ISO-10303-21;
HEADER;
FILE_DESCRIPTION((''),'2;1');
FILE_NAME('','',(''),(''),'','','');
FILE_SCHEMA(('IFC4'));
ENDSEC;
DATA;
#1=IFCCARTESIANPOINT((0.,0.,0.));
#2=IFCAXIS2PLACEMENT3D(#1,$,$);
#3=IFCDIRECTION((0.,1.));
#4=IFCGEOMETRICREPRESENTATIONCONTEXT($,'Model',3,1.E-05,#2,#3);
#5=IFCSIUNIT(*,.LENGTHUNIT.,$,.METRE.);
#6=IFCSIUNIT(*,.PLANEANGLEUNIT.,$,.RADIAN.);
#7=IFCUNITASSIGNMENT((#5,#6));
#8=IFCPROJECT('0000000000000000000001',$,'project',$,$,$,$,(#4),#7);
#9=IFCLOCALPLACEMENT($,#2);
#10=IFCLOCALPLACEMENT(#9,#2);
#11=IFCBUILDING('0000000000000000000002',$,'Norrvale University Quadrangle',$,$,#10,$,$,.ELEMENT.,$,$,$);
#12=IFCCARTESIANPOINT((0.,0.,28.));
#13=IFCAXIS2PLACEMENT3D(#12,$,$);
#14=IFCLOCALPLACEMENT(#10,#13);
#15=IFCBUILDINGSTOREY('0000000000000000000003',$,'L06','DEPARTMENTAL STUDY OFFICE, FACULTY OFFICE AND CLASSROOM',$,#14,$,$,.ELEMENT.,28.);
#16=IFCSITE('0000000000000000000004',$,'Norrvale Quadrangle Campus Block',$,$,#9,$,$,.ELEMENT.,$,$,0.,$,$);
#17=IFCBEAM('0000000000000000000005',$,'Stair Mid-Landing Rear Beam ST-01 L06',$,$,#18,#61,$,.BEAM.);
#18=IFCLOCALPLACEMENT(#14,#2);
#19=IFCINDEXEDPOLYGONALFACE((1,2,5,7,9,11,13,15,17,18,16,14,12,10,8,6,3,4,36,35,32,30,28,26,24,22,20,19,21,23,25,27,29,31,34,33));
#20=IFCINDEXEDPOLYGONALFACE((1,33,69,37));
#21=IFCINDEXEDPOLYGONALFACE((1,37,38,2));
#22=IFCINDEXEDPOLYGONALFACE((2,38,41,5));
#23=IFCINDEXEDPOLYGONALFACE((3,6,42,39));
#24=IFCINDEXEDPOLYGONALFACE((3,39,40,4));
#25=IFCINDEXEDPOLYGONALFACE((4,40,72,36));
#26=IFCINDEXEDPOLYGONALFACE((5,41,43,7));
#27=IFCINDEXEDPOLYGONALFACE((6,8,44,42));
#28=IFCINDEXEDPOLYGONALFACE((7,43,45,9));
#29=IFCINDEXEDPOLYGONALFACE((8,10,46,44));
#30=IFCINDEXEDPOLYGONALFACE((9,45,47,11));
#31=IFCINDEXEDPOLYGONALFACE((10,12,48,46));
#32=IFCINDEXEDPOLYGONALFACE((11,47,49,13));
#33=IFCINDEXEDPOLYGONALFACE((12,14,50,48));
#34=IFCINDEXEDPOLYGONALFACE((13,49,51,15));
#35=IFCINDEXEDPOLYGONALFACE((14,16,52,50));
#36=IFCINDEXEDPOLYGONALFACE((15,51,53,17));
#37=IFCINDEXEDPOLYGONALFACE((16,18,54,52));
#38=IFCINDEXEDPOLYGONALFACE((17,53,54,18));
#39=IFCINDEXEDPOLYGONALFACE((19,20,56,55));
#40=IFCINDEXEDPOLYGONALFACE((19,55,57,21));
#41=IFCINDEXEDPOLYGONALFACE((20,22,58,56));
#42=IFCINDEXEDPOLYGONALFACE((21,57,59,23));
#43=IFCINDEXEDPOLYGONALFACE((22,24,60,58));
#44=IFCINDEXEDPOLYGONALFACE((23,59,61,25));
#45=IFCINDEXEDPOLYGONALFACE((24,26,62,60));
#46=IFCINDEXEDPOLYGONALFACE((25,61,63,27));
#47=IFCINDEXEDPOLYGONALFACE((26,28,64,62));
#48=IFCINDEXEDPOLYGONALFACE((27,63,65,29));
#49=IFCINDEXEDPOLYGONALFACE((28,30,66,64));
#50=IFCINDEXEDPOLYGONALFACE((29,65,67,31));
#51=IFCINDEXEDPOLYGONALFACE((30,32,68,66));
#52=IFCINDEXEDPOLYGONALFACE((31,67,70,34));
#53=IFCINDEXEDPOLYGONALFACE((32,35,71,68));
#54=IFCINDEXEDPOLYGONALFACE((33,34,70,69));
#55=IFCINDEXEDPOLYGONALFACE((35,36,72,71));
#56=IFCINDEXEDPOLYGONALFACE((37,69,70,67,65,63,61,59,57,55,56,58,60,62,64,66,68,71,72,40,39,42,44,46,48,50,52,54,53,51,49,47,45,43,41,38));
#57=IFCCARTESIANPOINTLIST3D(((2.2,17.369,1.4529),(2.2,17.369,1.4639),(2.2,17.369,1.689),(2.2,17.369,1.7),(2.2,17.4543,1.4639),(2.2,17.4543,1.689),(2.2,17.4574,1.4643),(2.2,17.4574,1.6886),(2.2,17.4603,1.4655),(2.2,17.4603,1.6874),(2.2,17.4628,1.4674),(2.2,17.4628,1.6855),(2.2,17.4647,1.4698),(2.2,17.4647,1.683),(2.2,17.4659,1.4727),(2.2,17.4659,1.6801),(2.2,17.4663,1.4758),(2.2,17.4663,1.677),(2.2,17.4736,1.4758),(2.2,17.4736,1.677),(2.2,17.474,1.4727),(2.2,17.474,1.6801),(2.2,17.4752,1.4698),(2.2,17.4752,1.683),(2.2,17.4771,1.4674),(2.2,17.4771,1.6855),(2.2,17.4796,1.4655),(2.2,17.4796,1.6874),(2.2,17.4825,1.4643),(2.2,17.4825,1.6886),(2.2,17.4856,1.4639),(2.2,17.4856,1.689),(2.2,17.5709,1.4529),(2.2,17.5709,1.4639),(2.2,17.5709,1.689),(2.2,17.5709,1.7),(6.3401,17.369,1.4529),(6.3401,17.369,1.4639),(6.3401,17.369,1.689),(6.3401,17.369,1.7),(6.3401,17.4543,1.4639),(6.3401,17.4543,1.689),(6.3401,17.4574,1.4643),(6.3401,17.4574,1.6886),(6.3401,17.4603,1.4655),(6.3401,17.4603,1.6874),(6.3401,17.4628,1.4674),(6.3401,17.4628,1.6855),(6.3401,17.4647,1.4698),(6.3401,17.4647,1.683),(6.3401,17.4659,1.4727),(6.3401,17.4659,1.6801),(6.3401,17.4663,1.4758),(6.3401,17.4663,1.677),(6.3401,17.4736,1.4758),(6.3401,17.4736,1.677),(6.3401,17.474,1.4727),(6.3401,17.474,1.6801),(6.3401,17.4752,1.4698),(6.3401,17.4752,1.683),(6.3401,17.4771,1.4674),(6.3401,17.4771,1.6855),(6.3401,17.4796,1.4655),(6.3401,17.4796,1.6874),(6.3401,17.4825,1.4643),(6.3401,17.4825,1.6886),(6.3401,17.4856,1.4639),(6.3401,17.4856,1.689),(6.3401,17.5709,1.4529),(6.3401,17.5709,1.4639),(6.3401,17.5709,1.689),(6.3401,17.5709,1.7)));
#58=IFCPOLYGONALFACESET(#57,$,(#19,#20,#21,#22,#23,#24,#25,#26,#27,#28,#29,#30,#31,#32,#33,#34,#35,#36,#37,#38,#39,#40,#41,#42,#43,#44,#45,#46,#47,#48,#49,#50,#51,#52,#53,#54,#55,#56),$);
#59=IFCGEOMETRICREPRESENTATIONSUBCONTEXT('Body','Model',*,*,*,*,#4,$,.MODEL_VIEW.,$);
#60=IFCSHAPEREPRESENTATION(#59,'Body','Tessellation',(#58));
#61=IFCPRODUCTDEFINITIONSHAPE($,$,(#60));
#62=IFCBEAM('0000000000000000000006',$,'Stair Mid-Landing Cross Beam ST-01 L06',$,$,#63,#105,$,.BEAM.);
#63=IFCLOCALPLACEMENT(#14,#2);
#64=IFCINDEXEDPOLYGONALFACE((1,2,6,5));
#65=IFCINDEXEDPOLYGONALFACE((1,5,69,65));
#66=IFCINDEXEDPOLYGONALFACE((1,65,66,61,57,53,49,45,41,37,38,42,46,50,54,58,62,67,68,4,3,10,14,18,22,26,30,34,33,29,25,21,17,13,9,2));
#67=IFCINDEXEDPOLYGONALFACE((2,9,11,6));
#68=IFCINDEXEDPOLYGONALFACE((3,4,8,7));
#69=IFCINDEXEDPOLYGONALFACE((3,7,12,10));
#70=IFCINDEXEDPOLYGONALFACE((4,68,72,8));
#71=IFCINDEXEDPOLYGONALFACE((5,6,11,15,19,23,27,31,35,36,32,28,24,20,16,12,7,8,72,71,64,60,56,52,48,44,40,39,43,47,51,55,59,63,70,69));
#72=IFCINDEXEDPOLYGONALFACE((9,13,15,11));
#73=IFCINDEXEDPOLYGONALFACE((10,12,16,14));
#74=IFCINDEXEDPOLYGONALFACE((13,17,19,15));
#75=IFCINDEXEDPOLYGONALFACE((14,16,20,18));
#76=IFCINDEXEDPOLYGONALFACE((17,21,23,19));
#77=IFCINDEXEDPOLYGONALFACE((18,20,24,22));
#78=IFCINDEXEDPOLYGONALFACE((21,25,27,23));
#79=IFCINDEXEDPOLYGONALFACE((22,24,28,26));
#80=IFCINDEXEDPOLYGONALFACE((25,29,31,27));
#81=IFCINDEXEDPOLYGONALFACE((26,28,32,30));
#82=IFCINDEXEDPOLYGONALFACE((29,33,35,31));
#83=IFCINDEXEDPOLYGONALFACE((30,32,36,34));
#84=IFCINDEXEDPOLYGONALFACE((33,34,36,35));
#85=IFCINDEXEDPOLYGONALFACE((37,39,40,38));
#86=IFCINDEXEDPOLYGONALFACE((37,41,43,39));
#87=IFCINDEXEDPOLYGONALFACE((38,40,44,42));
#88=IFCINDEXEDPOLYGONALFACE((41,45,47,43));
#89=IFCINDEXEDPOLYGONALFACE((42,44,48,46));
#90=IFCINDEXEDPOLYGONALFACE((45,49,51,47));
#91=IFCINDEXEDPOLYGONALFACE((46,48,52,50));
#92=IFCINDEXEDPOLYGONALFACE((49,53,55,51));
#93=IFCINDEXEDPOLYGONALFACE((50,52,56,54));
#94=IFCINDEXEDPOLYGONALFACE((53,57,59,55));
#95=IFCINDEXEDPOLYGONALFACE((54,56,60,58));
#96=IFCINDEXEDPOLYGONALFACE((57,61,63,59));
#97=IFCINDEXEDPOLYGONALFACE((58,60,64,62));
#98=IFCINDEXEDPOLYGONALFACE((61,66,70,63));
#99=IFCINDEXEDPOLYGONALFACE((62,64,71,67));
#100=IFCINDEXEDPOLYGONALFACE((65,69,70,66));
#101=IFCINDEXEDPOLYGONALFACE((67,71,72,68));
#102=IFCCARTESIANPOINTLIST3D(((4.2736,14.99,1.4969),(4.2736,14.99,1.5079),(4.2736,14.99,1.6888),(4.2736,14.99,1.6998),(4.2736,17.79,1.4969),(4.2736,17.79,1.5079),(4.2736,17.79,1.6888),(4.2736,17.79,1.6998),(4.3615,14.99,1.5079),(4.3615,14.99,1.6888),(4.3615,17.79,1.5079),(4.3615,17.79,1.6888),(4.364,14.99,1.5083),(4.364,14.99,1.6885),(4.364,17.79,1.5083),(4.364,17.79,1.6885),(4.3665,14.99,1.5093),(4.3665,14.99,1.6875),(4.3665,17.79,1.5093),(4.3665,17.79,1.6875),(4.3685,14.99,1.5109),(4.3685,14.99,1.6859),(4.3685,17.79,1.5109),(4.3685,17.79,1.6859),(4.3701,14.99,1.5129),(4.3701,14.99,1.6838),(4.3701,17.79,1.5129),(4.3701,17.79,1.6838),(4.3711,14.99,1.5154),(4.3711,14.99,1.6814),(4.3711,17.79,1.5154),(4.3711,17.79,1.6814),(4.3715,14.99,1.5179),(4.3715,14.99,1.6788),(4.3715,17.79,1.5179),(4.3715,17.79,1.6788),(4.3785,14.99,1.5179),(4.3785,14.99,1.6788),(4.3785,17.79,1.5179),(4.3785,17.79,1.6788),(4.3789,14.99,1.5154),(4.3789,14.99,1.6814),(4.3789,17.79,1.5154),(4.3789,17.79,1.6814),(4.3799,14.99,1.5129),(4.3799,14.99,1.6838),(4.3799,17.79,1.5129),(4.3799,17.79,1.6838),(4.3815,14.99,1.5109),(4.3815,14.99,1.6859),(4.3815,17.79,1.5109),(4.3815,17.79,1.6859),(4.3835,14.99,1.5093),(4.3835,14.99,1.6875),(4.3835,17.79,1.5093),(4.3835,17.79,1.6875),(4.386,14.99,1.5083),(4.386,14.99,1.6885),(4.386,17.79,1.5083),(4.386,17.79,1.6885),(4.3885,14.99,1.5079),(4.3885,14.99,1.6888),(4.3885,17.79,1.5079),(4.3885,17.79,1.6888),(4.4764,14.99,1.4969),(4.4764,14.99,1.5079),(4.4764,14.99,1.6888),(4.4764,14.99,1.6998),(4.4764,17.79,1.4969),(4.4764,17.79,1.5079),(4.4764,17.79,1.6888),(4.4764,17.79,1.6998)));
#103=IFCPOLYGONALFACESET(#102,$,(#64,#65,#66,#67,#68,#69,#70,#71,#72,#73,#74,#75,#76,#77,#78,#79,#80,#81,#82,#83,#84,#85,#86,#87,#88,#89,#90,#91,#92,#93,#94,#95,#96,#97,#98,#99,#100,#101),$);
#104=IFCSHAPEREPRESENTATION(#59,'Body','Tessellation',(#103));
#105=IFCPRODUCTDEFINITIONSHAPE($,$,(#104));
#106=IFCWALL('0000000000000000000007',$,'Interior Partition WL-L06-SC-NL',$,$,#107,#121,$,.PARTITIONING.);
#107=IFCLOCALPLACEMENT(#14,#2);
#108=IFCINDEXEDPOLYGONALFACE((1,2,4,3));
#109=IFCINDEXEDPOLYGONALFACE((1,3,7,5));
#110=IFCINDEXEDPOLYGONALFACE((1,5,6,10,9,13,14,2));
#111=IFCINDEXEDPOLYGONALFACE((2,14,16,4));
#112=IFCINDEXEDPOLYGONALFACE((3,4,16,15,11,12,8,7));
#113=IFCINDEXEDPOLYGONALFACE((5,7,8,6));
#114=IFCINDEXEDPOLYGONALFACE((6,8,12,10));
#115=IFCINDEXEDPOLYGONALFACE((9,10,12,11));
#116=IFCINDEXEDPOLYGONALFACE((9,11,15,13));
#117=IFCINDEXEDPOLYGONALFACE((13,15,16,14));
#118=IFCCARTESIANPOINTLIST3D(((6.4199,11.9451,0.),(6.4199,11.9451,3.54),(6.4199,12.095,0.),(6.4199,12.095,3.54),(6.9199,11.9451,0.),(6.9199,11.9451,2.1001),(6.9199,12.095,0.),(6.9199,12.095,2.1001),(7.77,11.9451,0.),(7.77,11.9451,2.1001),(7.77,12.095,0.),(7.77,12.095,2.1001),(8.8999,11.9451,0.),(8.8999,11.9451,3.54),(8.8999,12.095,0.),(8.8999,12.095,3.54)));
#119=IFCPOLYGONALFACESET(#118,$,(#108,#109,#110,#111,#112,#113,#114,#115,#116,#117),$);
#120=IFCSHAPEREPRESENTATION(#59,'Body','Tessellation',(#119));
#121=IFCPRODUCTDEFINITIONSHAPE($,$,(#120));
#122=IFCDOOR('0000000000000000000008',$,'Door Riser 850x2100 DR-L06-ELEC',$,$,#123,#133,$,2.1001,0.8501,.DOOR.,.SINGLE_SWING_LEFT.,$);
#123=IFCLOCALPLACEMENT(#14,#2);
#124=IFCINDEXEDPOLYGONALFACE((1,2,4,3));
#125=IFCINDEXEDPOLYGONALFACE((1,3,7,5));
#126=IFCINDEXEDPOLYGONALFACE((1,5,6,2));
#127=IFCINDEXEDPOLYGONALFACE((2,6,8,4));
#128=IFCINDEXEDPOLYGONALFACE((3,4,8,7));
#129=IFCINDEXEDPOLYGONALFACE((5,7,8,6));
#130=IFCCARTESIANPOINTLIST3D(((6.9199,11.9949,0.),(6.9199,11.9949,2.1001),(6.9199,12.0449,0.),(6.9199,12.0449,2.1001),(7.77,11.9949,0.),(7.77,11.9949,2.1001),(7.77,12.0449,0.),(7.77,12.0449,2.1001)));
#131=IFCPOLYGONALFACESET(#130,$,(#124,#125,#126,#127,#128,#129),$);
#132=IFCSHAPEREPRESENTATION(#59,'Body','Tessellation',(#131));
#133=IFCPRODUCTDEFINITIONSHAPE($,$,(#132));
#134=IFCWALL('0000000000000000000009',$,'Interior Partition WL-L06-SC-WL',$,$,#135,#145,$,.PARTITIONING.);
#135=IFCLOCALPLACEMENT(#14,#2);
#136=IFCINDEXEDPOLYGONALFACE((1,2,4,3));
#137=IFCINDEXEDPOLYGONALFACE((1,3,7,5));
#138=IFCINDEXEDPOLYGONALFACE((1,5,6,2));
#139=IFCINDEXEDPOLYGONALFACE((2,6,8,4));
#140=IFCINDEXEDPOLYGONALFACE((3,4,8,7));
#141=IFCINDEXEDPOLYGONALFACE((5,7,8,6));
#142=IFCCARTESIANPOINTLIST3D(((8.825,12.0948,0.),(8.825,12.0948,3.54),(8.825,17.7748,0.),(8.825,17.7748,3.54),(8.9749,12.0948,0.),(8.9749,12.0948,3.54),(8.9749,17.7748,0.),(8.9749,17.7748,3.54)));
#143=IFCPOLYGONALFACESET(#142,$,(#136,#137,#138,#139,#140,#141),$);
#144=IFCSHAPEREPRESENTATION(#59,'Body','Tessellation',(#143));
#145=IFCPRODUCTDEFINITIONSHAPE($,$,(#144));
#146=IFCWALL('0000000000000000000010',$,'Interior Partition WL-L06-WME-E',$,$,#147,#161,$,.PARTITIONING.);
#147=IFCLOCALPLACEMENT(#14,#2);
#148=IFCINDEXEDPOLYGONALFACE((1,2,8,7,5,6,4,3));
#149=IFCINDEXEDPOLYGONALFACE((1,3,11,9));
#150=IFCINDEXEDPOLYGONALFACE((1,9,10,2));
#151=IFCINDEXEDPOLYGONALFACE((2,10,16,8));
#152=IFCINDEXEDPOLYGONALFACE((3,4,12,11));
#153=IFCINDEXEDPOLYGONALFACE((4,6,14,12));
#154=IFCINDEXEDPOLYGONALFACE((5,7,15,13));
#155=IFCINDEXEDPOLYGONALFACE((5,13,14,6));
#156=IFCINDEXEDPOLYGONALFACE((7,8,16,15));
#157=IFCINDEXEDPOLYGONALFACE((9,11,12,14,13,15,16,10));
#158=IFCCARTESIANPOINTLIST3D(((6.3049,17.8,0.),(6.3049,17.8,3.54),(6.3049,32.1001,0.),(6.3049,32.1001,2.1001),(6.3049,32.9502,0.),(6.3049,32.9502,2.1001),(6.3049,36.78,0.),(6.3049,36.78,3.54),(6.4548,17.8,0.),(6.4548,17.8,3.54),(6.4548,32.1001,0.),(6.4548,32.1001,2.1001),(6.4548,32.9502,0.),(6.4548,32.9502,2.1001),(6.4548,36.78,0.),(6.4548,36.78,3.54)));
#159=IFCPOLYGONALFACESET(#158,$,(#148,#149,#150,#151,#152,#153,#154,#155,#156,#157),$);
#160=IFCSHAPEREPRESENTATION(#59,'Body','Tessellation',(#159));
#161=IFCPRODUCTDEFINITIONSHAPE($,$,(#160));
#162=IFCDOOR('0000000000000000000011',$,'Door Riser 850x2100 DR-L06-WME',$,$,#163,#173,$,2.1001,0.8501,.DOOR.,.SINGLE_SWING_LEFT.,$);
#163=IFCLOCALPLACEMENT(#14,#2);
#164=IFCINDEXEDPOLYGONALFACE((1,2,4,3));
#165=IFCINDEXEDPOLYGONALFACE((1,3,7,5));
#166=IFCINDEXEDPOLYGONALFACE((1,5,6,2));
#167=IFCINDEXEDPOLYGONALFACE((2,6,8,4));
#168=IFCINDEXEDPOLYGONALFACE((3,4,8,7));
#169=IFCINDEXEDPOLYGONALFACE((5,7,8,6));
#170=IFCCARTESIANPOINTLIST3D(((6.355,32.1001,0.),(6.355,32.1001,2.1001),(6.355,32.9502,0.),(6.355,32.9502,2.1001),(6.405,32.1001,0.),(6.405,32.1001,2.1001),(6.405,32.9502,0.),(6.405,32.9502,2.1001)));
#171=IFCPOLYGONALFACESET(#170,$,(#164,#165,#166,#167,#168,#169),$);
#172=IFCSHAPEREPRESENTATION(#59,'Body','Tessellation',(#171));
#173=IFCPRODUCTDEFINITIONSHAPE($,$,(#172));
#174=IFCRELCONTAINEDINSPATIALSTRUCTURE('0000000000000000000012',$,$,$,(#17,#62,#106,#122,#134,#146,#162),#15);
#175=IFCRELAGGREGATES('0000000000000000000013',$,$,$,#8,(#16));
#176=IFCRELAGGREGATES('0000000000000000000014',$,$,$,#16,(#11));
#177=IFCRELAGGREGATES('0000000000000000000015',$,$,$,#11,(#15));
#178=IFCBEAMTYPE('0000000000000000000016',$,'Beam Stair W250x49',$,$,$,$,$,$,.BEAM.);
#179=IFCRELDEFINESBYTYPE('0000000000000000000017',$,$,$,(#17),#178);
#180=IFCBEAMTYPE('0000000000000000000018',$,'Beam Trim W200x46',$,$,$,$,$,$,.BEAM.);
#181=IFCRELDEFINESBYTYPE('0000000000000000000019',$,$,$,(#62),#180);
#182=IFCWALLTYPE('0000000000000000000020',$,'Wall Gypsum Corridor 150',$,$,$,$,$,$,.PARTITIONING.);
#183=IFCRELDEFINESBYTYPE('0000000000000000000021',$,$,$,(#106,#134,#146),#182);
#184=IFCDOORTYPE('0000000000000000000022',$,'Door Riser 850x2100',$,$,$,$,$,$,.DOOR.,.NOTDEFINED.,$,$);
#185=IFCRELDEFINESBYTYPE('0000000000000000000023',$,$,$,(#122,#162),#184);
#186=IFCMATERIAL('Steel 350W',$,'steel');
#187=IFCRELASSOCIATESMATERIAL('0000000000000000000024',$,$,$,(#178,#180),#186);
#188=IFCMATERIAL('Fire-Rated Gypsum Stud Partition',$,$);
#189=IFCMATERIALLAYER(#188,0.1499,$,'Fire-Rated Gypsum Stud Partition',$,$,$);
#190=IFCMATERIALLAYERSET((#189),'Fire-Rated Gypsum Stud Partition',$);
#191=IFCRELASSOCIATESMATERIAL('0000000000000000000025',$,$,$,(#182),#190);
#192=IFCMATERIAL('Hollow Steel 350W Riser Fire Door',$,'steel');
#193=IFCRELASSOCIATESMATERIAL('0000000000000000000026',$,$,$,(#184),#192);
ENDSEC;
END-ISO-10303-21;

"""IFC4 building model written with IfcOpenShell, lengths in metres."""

from ifc_helpers import new_model, si_unit, direction, frame, frame_2d, origin, origin_2d, place, context, subcontext, project, spatial, rectangle, i_section, extrude, material, layer, layer_set, material_profile, profile_set, type_object, element, fill, save


model = new_model("IFC4")

# Units and contexts
model_context = context("Model", 3, precision=1e-05, world=origin(), true_north=direction((0.0, 1.0)))
body_context = subcontext(model_context, "Body", "Model", "MODEL_VIEW")
ifc_project = project(units=[si_unit("LENGTHUNIT", "METRE"), si_unit("PLANEANGLEUNIT", "RADIAN")], contexts=[model_context])

# Site, building, storey
site_placement = place(None, origin())
site = spatial("IfcSite", under=ifc_project, at=site_placement, Name="Norrvale Quadrangle Campus Block", CompositionType="ELEMENT", RefElevation=0.0)
building_placement = place(site_placement, origin())
building = spatial("IfcBuilding", under=site, at=building_placement, Name="Norrvale University Quadrangle", CompositionType="ELEMENT")
storey_placement = place(building_placement, frame((0.0, 0.0, 28.0)))
storey = spatial("IfcBuildingStorey", under=building, at=storey_placement, Name="L06", Description="DEPARTMENTAL STUDY OFFICE, FACULTY OFFICE AND CLASSROOM", CompositionType="ELEMENT", Elevation=28.0)

# Beams
ifc_material_1 = material(Name="Steel 350W", Category="steel")
ifc_material_profile_1 = material_profile(ifc_material_1, i_section(OverallWidth=0.2019, OverallDepth=0.2471, WebThickness=0.0073, FlangeThickness=0.011, FilletRadius=0.012, at=origin_2d()), Name="Steel 350W")
ifc_profile_set_1 = profile_set([ifc_material_profile_1], Name="Steel 350W")
beam_type_1 = type_object("IfcBeamType", Name="Beam Stair W250x49", PredefinedType="BEAM", material=ifc_profile_set_1)
for number, where, z_axis, x_axis, name in (
    (1, (2.2, 17.47, 1.5764), (1.0, 0.0, 0.0), (0.0, 1.0, 0.0), "Stair Mid-Landing Rear Beam ST-01 L06"),
):
    element("IfcBeam", number, at=place(storey_placement, frame(where, z_axis=z_axis, x_axis=x_axis)), inside=storey, type_object=beam_type_1, Name=name, PredefinedType="BEAM", context=body_context, shape_type="SweptSolid", body=[
        extrude(i_section(OverallWidth=0.2019, OverallDepth=0.2471, WebThickness=0.0073, FlangeThickness=0.011, FilletRadius=0.012, at=origin_2d()), origin(), (0.0, 0.0, 1.0), 4.1401),
    ])
ifc_material_profile_2 = material_profile(ifc_material_1, i_section(OverallWidth=0.2029, OverallDepth=0.2029, WebThickness=0.0071, FlangeThickness=0.011, FilletRadius=0.01, at=origin_2d()), Name="Steel 350W")
ifc_profile_set_2 = profile_set([ifc_material_profile_2], Name="Steel 350W")
beam_type_2 = type_object("IfcBeamType", Name="Beam Trim W200x46", PredefinedType="BEAM", material=ifc_profile_set_2)
beam_1_placement = place(storey_placement, frame((4.375, 14.99, 1.5984), z_axis=(0.0, 1.0, 0.0), x_axis=(-1.0, 0.0, 0.0)))
element("IfcBeam", 2, at=beam_1_placement, inside=storey, type_object=beam_type_2, Name="Stair Mid-Landing Cross Beam ST-01 L06", PredefinedType="BEAM", context=body_context, shape_type="SweptSolid", body=[
    extrude(i_section(OverallWidth=0.2029, OverallDepth=0.2029, WebThickness=0.0071, FlangeThickness=0.011, FilletRadius=0.01, at=origin_2d()), origin(), (0.0, 0.0, 1.0), 2.8),
])

# Wall, opening, door
ifc_material_2 = material(Name="Fire-Rated Gypsum Stud Partition")
ifc_layer_1 = layer(ifc_material_2, 0.1499, Name="Fire-Rated Gypsum Stud Partition")
ifc_layer_set_1 = layer_set([ifc_layer_1], Name="Fire-Rated Gypsum Stud Partition")
wall_type_1 = type_object("IfcWallType", Name="Wall Gypsum Corridor 150", PredefinedType="PARTITIONING", material=ifc_layer_set_1)
wall_1_placement = place(storey_placement, frame((6.4199, 12.02, 0.0), z_axis=(0.0, 0.0, 1.0), x_axis=(1.0, 0.0, 0.0)))
wall_1 = element("IfcWall", 3, at=wall_1_placement, inside=storey, type_object=wall_type_1, Name="Interior Partition WL-L06-SC-NL", PredefinedType="PARTITIONING", context=body_context, shape_type="SweptSolid", body=[
    extrude(rectangle(XDim=2.48, YDim=0.1499, at=frame_2d((1.24, 0.0))), origin(), (0.0, 0.0, 1.0), 3.54),
])
opening_1_placement = place(wall_1_placement, frame((0.5, 0.0, 0.0)))
opening_1 = element("IfcOpeningElement", 4, at=opening_1_placement, cuts=wall_1, PredefinedType="OPENING", context=body_context, shape_type="SweptSolid", body=[
    extrude(rectangle(XDim=0.8501, YDim=2.1001, at=frame_2d((0.425, 1.05))), frame((0.0, 0.0869, 0.0), z_axis=(0.0, -1.0, 0.0), x_axis=(1.0, 0.0, 0.0)), (0.0, 0.0, 1.0), 0.1738),
])
ifc_material_3 = material(Name="Hollow Steel 350W Riser Fire Door", Category="steel")
door_type_1 = type_object("IfcDoorType", Name="Door Riser 850x2100", OperationType="NOTDEFINED", PredefinedType="DOOR", material=ifc_material_3)
door_1_placement = place(opening_1_placement, origin())
door_1 = element("IfcDoor", 5, at=door_1_placement, inside=storey, type_object=door_type_1, Name="Door Riser 850x2100 DR-L06-ELEC", OperationType="SINGLE_SWING_LEFT", OverallHeight=2.1001, OverallWidth=0.8501, PredefinedType="DOOR", context=body_context, shape_type="SweptSolid", body=[
    extrude(rectangle(XDim=0.8501, YDim=2.1001, at=frame_2d((0.425, 1.05))), frame((0.0, 0.0249, 0.0), z_axis=(0.0, -1.0, 0.0), x_axis=(1.0, 0.0, 0.0)), (0.0, 0.0, 1.0), 0.05),
])
fill(opening_1, door_1)

# Wall
wall_2_placement = place(storey_placement, frame((8.8999, 12.095, 0.0), z_axis=(0.0, 0.0, 1.0), x_axis=(0.0, 1.0, 0.0)))
element("IfcWall", 6, at=wall_2_placement, inside=storey, type_object=wall_type_1, Name="Interior Partition WL-L06-SC-WL", PredefinedType="PARTITIONING", context=body_context, shape_type="SweptSolid", body=[
    extrude(rectangle(XDim=5.6799, YDim=0.1499, at=frame_2d((2.8398, 0.0))), origin(), (0.0, 0.0, 1.0), 3.54),
])

# Wall, opening, door
wall_3_placement = place(storey_placement, frame((6.3799, 17.8, 0.0), z_axis=(0.0, 0.0, 1.0), x_axis=(0.0, 1.0, 0.0)))
wall_3 = element("IfcWall", 7, at=wall_3_placement, inside=storey, type_object=wall_type_1, Name="Interior Partition WL-L06-WME-E", PredefinedType="PARTITIONING", context=body_context, shape_type="SweptSolid", body=[
    extrude(rectangle(XDim=18.98, YDim=0.1499, at=frame_2d((9.49, 0.0))), origin(), (0.0, 0.0, 1.0), 3.54),
])
opening_2_placement = place(wall_3_placement, frame((14.3, 0.0, 0.0)))
opening_2 = element("IfcOpeningElement", 8, at=opening_2_placement, cuts=wall_3, PredefinedType="OPENING", context=body_context, shape_type="SweptSolid", body=[
    extrude(rectangle(XDim=0.8501, YDim=2.1001, at=frame_2d((0.425, 1.05))), frame((0.0, 0.0869, 0.0), z_axis=(0.0, -1.0, 0.0), x_axis=(1.0, 0.0, 0.0)), (0.0, 0.0, 1.0), 0.1738),
])
door_2_placement = place(opening_2_placement, origin())
door_2 = element("IfcDoor", 9, at=door_2_placement, inside=storey, type_object=door_type_1, Name="Door Riser 850x2100 DR-L06-WME", OperationType="SINGLE_SWING_LEFT", OverallHeight=2.1001, OverallWidth=0.8501, PredefinedType="DOOR", context=body_context, shape_type="SweptSolid", body=[
    extrude(rectangle(XDim=0.8501, YDim=2.1001, at=frame_2d((0.425, 1.05))), frame((0.0, 0.0249, 0.0), z_axis=(0.0, -1.0, 0.0), x_axis=(1.0, 0.0, 0.0)), (0.0, 0.0, 1.0), 0.05),
])
fill(opening_2, door_2)

save(model, "model.ifc")
